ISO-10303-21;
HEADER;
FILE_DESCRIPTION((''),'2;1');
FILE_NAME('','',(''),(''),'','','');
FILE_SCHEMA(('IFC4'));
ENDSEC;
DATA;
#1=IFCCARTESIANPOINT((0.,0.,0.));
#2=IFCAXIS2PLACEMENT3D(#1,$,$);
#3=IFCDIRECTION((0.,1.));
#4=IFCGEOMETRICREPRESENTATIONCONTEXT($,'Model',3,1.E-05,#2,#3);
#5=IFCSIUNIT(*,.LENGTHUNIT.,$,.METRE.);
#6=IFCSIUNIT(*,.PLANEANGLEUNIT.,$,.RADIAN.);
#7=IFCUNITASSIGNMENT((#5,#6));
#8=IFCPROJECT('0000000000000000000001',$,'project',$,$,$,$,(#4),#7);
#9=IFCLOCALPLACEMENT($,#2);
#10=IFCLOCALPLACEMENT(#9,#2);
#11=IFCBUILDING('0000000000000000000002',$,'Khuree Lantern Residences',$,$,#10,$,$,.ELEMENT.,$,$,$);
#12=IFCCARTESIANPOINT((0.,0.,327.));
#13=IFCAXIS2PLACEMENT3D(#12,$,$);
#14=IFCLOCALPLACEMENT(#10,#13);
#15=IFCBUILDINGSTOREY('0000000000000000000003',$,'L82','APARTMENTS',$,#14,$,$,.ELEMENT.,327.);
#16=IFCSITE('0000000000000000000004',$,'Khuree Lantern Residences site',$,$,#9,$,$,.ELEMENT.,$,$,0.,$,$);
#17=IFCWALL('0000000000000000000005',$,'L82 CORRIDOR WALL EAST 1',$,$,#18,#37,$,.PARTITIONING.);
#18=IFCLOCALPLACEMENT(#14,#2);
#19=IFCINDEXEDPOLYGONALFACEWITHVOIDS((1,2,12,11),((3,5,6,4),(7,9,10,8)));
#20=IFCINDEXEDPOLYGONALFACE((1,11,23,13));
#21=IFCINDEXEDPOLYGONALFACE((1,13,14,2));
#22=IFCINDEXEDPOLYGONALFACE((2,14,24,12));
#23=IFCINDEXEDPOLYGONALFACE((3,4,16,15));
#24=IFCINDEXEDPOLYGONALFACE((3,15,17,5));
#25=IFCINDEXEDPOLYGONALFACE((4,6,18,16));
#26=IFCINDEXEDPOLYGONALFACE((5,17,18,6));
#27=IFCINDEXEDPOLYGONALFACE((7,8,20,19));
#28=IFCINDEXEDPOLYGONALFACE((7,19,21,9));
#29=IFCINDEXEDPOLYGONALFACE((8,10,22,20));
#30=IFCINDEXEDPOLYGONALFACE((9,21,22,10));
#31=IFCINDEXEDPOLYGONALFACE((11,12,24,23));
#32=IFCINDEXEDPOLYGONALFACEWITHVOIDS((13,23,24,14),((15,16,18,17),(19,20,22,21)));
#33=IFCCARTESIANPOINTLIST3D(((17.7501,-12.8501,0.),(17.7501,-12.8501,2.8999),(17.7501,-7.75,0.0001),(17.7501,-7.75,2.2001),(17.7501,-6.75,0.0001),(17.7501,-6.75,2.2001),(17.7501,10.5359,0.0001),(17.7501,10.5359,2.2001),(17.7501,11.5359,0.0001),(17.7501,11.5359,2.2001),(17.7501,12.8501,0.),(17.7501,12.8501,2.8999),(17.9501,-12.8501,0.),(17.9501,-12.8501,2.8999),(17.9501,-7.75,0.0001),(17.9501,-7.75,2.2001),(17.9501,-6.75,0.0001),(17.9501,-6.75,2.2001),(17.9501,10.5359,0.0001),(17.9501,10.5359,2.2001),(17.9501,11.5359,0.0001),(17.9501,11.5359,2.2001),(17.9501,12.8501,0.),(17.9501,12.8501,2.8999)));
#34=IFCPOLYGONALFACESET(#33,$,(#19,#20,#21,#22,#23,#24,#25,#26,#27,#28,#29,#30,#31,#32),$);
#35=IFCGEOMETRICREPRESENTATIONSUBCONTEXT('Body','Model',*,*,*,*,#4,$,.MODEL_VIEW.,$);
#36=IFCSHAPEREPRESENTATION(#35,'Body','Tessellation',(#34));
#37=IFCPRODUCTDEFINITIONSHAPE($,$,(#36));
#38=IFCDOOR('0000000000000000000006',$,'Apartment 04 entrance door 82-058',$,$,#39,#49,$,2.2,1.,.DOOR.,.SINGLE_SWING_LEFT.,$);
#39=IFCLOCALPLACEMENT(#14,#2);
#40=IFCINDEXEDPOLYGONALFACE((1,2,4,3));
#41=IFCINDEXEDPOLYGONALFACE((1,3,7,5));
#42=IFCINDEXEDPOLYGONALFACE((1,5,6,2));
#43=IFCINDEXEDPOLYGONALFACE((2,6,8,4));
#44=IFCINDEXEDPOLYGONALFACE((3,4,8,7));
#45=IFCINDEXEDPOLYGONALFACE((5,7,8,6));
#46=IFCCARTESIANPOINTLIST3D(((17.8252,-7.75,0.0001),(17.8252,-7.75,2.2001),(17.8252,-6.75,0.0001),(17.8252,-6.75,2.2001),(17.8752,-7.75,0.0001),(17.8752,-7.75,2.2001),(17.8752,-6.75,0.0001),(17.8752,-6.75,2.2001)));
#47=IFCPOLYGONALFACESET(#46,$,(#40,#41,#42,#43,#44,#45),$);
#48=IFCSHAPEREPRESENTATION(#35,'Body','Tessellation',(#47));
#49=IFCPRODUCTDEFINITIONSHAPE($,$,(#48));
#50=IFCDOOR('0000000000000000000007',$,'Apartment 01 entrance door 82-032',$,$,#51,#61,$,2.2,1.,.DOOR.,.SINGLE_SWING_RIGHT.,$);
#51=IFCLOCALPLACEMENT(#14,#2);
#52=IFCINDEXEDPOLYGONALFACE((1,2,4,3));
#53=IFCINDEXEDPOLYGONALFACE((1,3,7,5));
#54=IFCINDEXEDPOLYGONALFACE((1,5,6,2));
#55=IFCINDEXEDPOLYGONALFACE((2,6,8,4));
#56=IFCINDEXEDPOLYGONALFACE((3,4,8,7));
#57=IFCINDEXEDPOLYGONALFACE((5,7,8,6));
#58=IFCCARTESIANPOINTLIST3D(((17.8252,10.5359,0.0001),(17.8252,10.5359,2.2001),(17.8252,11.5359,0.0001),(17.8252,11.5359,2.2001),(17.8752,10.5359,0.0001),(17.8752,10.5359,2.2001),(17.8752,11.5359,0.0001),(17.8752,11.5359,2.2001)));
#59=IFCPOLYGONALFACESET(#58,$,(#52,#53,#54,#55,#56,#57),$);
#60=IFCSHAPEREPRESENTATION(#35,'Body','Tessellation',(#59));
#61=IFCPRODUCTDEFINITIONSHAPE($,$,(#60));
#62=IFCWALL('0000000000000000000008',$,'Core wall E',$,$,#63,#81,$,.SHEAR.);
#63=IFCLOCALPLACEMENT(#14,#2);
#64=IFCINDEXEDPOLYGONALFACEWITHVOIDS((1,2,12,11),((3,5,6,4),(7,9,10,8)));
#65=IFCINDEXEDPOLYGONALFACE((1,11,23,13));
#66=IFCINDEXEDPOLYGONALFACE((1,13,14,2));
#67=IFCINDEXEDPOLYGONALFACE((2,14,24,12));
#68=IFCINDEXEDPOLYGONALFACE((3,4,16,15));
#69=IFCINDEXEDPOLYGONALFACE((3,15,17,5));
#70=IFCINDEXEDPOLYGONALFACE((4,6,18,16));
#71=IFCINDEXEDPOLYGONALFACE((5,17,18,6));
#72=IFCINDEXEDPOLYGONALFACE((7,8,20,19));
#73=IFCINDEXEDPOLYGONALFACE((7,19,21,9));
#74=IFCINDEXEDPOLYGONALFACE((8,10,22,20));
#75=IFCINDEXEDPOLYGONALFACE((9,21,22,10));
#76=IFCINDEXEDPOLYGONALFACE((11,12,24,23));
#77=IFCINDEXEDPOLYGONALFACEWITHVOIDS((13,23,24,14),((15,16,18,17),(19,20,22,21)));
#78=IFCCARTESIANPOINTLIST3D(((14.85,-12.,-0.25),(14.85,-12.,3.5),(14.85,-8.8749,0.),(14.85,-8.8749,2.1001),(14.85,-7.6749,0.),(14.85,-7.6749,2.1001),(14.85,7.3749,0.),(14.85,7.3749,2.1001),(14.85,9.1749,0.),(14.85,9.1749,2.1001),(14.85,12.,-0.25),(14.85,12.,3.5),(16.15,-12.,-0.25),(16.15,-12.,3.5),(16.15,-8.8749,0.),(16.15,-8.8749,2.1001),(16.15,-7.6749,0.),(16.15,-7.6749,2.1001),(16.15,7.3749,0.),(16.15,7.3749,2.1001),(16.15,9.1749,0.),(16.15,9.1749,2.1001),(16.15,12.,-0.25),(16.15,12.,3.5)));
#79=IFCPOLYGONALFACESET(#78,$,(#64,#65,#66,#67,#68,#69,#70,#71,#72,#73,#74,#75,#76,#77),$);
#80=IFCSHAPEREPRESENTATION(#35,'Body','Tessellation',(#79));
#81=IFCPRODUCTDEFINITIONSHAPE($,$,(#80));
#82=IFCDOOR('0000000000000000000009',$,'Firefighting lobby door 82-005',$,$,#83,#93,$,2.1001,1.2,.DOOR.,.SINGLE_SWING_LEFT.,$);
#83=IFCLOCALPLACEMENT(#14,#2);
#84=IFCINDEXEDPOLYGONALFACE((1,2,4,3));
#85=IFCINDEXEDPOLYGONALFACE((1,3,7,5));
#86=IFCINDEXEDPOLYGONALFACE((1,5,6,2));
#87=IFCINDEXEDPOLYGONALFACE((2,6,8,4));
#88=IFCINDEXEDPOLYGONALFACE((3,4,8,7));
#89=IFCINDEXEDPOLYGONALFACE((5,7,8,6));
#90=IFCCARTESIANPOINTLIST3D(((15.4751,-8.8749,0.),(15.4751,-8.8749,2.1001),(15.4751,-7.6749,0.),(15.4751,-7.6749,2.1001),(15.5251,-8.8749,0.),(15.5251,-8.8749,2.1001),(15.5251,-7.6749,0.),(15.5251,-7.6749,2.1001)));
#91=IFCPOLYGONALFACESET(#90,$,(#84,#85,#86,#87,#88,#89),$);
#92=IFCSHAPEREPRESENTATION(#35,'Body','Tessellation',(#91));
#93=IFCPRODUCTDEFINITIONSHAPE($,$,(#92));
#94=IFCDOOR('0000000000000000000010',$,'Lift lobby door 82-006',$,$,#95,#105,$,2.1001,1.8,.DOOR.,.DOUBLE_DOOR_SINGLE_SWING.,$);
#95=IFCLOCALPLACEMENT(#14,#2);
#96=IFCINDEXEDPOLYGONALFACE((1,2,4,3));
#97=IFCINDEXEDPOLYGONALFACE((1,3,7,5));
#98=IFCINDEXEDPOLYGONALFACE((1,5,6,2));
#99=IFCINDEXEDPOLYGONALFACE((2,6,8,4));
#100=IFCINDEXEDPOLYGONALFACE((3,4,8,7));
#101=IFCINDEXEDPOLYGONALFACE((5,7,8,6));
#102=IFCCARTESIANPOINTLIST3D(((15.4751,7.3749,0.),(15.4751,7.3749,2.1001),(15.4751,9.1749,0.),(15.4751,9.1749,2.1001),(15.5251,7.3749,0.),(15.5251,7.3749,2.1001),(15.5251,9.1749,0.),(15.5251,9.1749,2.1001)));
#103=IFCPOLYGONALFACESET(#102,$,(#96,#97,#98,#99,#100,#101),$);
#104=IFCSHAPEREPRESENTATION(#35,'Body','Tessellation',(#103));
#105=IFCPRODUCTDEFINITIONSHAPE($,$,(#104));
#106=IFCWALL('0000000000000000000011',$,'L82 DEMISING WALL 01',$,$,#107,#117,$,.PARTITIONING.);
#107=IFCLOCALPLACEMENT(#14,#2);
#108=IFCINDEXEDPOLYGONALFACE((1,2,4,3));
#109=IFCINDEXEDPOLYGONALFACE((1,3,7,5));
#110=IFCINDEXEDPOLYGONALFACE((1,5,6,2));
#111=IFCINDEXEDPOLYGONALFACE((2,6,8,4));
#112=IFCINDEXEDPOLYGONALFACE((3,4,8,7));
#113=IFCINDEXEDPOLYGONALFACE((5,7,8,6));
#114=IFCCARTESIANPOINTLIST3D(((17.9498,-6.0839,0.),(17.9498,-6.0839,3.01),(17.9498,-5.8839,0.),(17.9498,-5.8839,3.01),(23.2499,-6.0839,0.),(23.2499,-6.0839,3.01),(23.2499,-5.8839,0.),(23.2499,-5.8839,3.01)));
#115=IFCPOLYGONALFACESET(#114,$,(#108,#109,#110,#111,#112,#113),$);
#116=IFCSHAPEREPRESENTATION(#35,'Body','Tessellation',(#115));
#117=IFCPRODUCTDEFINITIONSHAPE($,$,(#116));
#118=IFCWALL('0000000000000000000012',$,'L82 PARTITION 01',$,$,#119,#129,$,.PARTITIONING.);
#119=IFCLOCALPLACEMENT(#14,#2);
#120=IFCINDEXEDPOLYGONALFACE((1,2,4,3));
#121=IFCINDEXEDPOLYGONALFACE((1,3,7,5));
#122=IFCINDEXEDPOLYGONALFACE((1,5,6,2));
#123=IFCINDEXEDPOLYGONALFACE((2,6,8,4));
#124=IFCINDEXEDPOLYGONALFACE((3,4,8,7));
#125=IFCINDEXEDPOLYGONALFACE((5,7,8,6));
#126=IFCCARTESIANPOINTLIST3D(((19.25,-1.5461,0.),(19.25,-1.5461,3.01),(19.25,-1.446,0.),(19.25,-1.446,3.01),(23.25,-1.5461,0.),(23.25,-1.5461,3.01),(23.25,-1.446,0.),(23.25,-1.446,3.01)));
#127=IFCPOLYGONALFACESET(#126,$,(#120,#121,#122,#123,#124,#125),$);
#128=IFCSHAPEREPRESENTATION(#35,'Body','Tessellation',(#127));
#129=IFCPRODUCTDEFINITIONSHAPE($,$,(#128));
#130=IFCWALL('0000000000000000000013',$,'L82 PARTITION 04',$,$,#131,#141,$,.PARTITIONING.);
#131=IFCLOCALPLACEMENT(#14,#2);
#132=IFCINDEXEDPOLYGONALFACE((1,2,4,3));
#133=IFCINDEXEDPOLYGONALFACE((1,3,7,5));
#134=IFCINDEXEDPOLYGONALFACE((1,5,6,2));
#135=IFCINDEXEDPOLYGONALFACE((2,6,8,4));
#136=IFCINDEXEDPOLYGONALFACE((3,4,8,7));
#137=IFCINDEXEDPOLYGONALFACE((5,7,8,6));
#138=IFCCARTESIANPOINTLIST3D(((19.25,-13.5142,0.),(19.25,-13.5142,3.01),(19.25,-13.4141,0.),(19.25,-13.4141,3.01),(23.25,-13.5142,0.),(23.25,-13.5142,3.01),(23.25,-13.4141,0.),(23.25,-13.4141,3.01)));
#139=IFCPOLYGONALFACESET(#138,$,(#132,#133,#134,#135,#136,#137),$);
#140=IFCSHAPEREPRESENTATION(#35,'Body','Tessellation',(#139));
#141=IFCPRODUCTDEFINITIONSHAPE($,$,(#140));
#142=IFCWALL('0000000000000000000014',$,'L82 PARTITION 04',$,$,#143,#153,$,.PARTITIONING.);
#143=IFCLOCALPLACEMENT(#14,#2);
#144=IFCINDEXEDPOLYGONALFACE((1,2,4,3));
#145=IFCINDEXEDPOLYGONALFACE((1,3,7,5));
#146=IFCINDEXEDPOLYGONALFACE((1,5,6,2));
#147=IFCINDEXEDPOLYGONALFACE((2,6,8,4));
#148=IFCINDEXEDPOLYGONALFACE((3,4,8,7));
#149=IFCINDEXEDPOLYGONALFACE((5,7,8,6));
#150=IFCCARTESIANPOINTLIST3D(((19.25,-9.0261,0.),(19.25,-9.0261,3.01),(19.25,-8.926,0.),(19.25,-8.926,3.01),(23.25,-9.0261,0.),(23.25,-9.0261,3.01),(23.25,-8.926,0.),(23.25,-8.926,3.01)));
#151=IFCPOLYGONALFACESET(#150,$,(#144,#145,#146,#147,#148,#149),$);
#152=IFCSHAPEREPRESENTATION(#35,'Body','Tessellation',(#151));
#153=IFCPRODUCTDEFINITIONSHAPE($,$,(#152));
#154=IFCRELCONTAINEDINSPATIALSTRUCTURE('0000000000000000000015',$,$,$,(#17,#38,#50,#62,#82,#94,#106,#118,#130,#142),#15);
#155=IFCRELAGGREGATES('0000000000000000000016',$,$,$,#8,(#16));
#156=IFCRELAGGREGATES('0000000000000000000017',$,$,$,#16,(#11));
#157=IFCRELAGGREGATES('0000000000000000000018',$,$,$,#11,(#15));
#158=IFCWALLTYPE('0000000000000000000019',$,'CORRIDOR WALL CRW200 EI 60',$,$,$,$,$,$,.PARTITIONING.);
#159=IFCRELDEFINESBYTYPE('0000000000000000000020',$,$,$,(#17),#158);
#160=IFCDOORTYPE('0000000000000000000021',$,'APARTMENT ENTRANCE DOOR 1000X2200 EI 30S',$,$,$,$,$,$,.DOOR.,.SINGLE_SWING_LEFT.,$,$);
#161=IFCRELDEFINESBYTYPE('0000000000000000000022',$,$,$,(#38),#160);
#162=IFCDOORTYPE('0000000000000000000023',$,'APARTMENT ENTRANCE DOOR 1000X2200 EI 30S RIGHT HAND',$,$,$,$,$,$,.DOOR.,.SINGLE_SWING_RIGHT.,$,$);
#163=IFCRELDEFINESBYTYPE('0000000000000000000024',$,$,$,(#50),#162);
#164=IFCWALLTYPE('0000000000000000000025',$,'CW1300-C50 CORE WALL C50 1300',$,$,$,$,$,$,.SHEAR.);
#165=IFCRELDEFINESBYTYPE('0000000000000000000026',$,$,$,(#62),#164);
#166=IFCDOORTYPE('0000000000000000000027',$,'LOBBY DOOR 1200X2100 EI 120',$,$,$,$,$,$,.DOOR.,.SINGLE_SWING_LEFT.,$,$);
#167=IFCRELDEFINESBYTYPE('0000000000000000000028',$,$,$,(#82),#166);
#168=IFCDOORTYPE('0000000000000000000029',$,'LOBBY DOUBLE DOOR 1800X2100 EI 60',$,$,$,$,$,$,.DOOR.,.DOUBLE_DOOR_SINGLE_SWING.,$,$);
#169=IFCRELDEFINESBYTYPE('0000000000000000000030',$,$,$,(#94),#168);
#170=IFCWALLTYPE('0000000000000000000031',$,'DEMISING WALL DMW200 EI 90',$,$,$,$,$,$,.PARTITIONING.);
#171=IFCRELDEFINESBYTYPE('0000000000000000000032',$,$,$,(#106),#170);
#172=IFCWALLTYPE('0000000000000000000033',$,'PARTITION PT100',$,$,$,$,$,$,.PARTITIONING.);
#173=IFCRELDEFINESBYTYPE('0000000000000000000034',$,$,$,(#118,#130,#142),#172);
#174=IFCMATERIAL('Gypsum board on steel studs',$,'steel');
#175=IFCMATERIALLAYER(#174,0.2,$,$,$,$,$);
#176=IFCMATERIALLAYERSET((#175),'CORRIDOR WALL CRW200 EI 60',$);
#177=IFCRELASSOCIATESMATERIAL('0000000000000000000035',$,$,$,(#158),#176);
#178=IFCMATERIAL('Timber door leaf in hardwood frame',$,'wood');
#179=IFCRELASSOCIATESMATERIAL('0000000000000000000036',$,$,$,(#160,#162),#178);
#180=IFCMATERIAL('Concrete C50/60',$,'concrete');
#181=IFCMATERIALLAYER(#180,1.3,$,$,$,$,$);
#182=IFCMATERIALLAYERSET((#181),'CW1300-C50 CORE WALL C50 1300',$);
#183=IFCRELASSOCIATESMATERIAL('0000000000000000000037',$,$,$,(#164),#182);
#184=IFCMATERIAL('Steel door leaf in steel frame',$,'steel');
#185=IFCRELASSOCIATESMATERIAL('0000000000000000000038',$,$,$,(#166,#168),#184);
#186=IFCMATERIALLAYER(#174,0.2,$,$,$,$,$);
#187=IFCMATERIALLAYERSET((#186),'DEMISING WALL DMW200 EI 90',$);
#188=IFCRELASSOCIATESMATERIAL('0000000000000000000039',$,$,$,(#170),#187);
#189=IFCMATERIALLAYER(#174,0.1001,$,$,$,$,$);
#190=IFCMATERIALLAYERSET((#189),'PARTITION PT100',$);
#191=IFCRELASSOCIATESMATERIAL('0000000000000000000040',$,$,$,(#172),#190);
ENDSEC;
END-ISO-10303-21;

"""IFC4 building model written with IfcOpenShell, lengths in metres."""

from ifc_helpers import new_model, si_unit, direction, frame, frame_2d, origin, place, context, subcontext, project, spatial, rectangle, extrude, material, layer, layer_set, type_object, element, fill, save


model = new_model("IFC4")

# Units and contexts
model_context = context("Model", 3, precision=1e-05, world=origin(), true_north=direction((0.0, 1.0)))
body_context = subcontext(model_context, "Body", "Model", "MODEL_VIEW")
ifc_project = project(units=[si_unit("LENGTHUNIT", "METRE"), si_unit("PLANEANGLEUNIT", "RADIAN")], contexts=[model_context])

# Site, building, storey
site_placement = place(None, origin())
site = spatial("IfcSite", under=ifc_project, at=site_placement, Name="Khuree Lantern Residences site", CompositionType="ELEMENT", RefElevation=0.0)
building_placement = place(site_placement, origin())
building = spatial("IfcBuilding", under=site, at=building_placement, Name="Khuree Lantern Residences", CompositionType="ELEMENT")
storey_placement = place(building_placement, frame((0.0, 0.0, 327.0)))
storey = spatial("IfcBuildingStorey", under=building, at=storey_placement, Name="L82", Description="APARTMENTS", CompositionType="ELEMENT", Elevation=327.0)

# Shared definitions
ifc_material_1 = material(Name="Concrete C50/60", Category="concrete")

# Shared definitions
ifc_material_2 = material(Name="Gypsum board on steel studs", Category="steel")
ifc_layer_1 = layer(ifc_material_2, 0.2)
ifc_layer_set_1 = layer_set([ifc_layer_1], Name="CORRIDOR WALL CRW200 EI 60")
wall_type_1 = type_object("IfcWallType", Name="CORRIDOR WALL CRW200 EI 60", PredefinedType="PARTITIONING", material=ifc_layer_set_1)

# Walls, openings, doors
wall_1_placement = place(storey_placement, frame((17.8501, -12.8501, 0.0), z_axis=(0.0, 0.0, 1.0), x_axis=(0.0, 1.0, 0.0)))
wall_1 = element("IfcWall", 1, at=wall_1_placement, inside=storey, type_object=wall_type_1, Name="L82 CORRIDOR WALL EAST 1", PredefinedType="PARTITIONING", context=body_context, shape_type="SweptSolid", body=[
    extrude(rectangle(XDim=25.7002, YDim=0.2, at=frame_2d((12.8501, 0.0))), origin(), (0.0, 0.0, 1.0), 2.8999),
])
opening_1_placement = place(wall_1_placement, frame((23.386, 0.0, 0.0)))
opening_1 = element("IfcOpeningElement", 2, at=opening_1_placement, cuts=wall_1, PredefinedType="OPENING", context=body_context, shape_type="SweptSolid", body=[
    extrude(rectangle(XDim=1.0, YDim=2.2, at=frame_2d((0.5, 1.1001))), frame((0.0, 0.1099, 0.0), z_axis=(0.0, -1.0, 0.0), x_axis=(1.0, 0.0, 0.0)), (0.0, 0.0, 1.0), 0.22),
])
opening_2_placement = place(wall_1_placement, frame((5.1001, 0.0, 0.0)))
opening_2 = element("IfcOpeningElement", 3, at=opening_2_placement, cuts=wall_1, PredefinedType="OPENING", context=body_context, shape_type="SweptSolid", body=[
    extrude(rectangle(XDim=1.0, YDim=2.2, at=frame_2d((0.5, 1.1001))), frame((0.0, 0.1099, 0.0), z_axis=(0.0, -1.0, 0.0), x_axis=(1.0, 0.0, 0.0)), (0.0, 0.0, 1.0), 0.22),
])
ifc_material_3 = material(Name="Timber door leaf in hardwood frame", Category="wood")
door_type_1 = type_object("IfcDoorType", Name="APARTMENT ENTRANCE DOOR 1000X2200 EI 30S", OperationType="SINGLE_SWING_LEFT", PredefinedType="DOOR", material=ifc_material_3)
door_1_placement = place(opening_2_placement, origin())
door_1 = element("IfcDoor", 4, at=door_1_placement, inside=storey, type_object=door_type_1, Name="Apartment 04 entrance door 82-058", OperationType="SINGLE_SWING_LEFT", OverallHeight=2.2, OverallWidth=1.0, PredefinedType="DOOR", context=body_context, shape_type="SweptSolid", body=[
    extrude(rectangle(XDim=1.0, YDim=2.2, at=frame_2d((0.5, 1.1001))), frame((0.0, 0.0249, 0.0), z_axis=(0.0, -1.0, 0.0), x_axis=(1.0, 0.0, 0.0)), (0.0, 0.0, 1.0), 0.05),
])
fill(opening_2, door_1)
door_type_2 = type_object("IfcDoorType", Name="APARTMENT ENTRANCE DOOR 1000X2200 EI 30S RIGHT HAND", OperationType="SINGLE_SWING_RIGHT", PredefinedType="DOOR", material=ifc_material_3)
door_2_placement = place(opening_1_placement, origin())
door_2 = element("IfcDoor", 5, at=door_2_placement, inside=storey, type_object=door_type_2, Name="Apartment 01 entrance door 82-032", OperationType="SINGLE_SWING_RIGHT", OverallHeight=2.2, OverallWidth=1.0, PredefinedType="DOOR", context=body_context, shape_type="SweptSolid", body=[
    extrude(rectangle(XDim=1.0, YDim=2.2, at=frame_2d((0.5, 1.1001))), frame((0.0, 0.0249, 0.0), z_axis=(0.0, -1.0, 0.0), x_axis=(1.0, 0.0, 0.0)), (0.0, 0.0, 1.0), 0.05),
])
fill(opening_1, door_2)
ifc_layer_2 = layer(ifc_material_1, 1.3)
ifc_layer_set_2 = layer_set([ifc_layer_2], Name="CW1300-C50 CORE WALL C50 1300")
wall_type_2 = type_object("IfcWallType", Name="CW1300-C50 CORE WALL C50 1300", PredefinedType="SHEAR", material=ifc_layer_set_2)
wall_2_placement = place(storey_placement, frame((15.5, -12.0, -0.25), z_axis=(0.0, 0.0, 1.0), x_axis=(0.0, 1.0, 0.0)))
wall_2 = element("IfcWall", 6, at=wall_2_placement, inside=storey, type_object=wall_type_2, Name="Core wall E", PredefinedType="SHEAR", context=body_context, shape_type="SweptSolid", body=[
    extrude(rectangle(XDim=24.0, YDim=1.3, at=frame_2d((12.0, 0.0))), origin(), (0.0, 0.0, 1.0), 3.75),
])
opening_3_placement = place(wall_2_placement, frame((3.125, 0.0, 0.25)))
opening_3 = element("IfcOpeningElement", 7, at=opening_3_placement, cuts=wall_2, PredefinedType="OPENING", context=body_context, shape_type="SweptSolid", body=[
    extrude(rectangle(XDim=1.2, YDim=2.1001, at=frame_2d((0.6001, 1.05))), frame((0.0, 0.6602, 0.0), z_axis=(0.0, -1.0, 0.0), x_axis=(1.0, 0.0, 0.0)), (0.0, 0.0, 1.0), 1.3201),
])
opening_4_placement = place(wall_2_placement, frame((19.375, 0.0, 0.25)))
opening_4 = element("IfcOpeningElement", 8, at=opening_4_placement, cuts=wall_2, PredefinedType="OPENING", context=body_context, shape_type="SweptSolid", body=[
    extrude(rectangle(XDim=1.8, YDim=2.1001, at=frame_2d((0.8999, 1.05))), frame((0.0, 0.6602, 0.0), z_axis=(0.0, -1.0, 0.0), x_axis=(1.0, 0.0, 0.0)), (0.0, 0.0, 1.0), 1.3201),
])
ifc_material_4 = material(Name="Steel door leaf in steel frame", Category="steel")
door_type_3 = type_object("IfcDoorType", Name="LOBBY DOOR 1200X2100 EI 120", OperationType="SINGLE_SWING_LEFT", PredefinedType="DOOR", material=ifc_material_4)
door_3_placement = place(opening_3_placement, origin())
door_3 = element("IfcDoor", 9, at=door_3_placement, inside=storey, type_object=door_type_3, Name="Firefighting lobby door 82-005", OperationType="SINGLE_SWING_LEFT", OverallHeight=2.1001, OverallWidth=1.2, PredefinedType="DOOR", context=body_context, shape_type="SweptSolid", body=[
    extrude(rectangle(XDim=1.2, YDim=2.1001, at=frame_2d((0.6001, 1.05))), frame((0.0, 0.0249, 0.0), z_axis=(0.0, -1.0, 0.0), x_axis=(1.0, 0.0, 0.0)), (0.0, 0.0, 1.0), 0.05),
])
fill(opening_3, door_3)
door_type_4 = type_object("IfcDoorType", Name="LOBBY DOUBLE DOOR 1800X2100 EI 60", OperationType="DOUBLE_DOOR_SINGLE_SWING", PredefinedType="DOOR", material=ifc_material_4)
door_4_placement = place(opening_4_placement, origin())
door_4 = element("IfcDoor", 10, at=door_4_placement, inside=storey, type_object=door_type_4, Name="Lift lobby door 82-006", OperationType="DOUBLE_DOOR_SINGLE_SWING", OverallHeight=2.1001, OverallWidth=1.8, PredefinedType="DOOR", context=body_context, shape_type="SweptSolid", body=[
    extrude(rectangle(XDim=1.8, YDim=2.1001, at=frame_2d((0.8999, 1.05))), frame((0.0, 0.0249, 0.0), z_axis=(0.0, -1.0, 0.0), x_axis=(1.0, 0.0, 0.0)), (0.0, 0.0, 1.0), 0.05),
])
fill(opening_4, door_4)

# Walls
ifc_layer_3 = layer(ifc_material_2, 0.2)
ifc_layer_set_3 = layer_set([ifc_layer_3], Name="DEMISING WALL DMW200 EI 90")
wall_type_3 = type_object("IfcWallType", Name="DEMISING WALL DMW200 EI 90", PredefinedType="PARTITIONING", material=ifc_layer_set_3)
wall_3_placement = place(storey_placement, frame((17.95, -5.9839, 0.0), z_axis=(0.0, 0.0, 1.0), x_axis=(1.0, 0.0, 0.0)))
element("IfcWall", 11, at=wall_3_placement, inside=storey, type_object=wall_type_3, Name="L82 DEMISING WALL 01", PredefinedType="PARTITIONING", context=body_context, shape_type="SweptSolid", body=[
    extrude(rectangle(XDim=5.3, YDim=0.2, at=frame_2d((2.6499, 0.0))), origin(), (0.0, 0.0, 1.0), 3.01),
])
ifc_layer_4 = layer(ifc_material_2, 0.1001)
ifc_layer_set_4 = layer_set([ifc_layer_4], Name="PARTITION PT100")
wall_type_4 = type_object("IfcWallType", Name="PARTITION PT100", PredefinedType="PARTITIONING", material=ifc_layer_set_4)
for number, where, z_axis, x_axis, name in (
    (12, (19.25, -1.4961, 0.0), (0.0, 0.0, 1.0), (1.0, 0.0, 0.0), "L82 PARTITION 01"),
    (13, (19.25, -13.4641, 0.0), (0.0, 0.0, 1.0), (1.0, 0.0, 0.0), "L82 PARTITION 04"),
    (14, (19.25, -8.9761, 0.0), (0.0, 0.0, 1.0), (1.0, 0.0, 0.0), "L82 PARTITION 04"),
):
    element("IfcWall", number, at=place(storey_placement, frame(where, z_axis=z_axis, x_axis=x_axis)), inside=storey, type_object=wall_type_4, Name=name, PredefinedType="PARTITIONING", context=body_context, shape_type="SweptSolid", body=[
        extrude(rectangle(XDim=4.0, YDim=0.1001, at=frame_2d((2.0, 0.0))), origin(), (0.0, 0.0, 1.0), 3.01),
    ])

save(model, "model.ifc")
